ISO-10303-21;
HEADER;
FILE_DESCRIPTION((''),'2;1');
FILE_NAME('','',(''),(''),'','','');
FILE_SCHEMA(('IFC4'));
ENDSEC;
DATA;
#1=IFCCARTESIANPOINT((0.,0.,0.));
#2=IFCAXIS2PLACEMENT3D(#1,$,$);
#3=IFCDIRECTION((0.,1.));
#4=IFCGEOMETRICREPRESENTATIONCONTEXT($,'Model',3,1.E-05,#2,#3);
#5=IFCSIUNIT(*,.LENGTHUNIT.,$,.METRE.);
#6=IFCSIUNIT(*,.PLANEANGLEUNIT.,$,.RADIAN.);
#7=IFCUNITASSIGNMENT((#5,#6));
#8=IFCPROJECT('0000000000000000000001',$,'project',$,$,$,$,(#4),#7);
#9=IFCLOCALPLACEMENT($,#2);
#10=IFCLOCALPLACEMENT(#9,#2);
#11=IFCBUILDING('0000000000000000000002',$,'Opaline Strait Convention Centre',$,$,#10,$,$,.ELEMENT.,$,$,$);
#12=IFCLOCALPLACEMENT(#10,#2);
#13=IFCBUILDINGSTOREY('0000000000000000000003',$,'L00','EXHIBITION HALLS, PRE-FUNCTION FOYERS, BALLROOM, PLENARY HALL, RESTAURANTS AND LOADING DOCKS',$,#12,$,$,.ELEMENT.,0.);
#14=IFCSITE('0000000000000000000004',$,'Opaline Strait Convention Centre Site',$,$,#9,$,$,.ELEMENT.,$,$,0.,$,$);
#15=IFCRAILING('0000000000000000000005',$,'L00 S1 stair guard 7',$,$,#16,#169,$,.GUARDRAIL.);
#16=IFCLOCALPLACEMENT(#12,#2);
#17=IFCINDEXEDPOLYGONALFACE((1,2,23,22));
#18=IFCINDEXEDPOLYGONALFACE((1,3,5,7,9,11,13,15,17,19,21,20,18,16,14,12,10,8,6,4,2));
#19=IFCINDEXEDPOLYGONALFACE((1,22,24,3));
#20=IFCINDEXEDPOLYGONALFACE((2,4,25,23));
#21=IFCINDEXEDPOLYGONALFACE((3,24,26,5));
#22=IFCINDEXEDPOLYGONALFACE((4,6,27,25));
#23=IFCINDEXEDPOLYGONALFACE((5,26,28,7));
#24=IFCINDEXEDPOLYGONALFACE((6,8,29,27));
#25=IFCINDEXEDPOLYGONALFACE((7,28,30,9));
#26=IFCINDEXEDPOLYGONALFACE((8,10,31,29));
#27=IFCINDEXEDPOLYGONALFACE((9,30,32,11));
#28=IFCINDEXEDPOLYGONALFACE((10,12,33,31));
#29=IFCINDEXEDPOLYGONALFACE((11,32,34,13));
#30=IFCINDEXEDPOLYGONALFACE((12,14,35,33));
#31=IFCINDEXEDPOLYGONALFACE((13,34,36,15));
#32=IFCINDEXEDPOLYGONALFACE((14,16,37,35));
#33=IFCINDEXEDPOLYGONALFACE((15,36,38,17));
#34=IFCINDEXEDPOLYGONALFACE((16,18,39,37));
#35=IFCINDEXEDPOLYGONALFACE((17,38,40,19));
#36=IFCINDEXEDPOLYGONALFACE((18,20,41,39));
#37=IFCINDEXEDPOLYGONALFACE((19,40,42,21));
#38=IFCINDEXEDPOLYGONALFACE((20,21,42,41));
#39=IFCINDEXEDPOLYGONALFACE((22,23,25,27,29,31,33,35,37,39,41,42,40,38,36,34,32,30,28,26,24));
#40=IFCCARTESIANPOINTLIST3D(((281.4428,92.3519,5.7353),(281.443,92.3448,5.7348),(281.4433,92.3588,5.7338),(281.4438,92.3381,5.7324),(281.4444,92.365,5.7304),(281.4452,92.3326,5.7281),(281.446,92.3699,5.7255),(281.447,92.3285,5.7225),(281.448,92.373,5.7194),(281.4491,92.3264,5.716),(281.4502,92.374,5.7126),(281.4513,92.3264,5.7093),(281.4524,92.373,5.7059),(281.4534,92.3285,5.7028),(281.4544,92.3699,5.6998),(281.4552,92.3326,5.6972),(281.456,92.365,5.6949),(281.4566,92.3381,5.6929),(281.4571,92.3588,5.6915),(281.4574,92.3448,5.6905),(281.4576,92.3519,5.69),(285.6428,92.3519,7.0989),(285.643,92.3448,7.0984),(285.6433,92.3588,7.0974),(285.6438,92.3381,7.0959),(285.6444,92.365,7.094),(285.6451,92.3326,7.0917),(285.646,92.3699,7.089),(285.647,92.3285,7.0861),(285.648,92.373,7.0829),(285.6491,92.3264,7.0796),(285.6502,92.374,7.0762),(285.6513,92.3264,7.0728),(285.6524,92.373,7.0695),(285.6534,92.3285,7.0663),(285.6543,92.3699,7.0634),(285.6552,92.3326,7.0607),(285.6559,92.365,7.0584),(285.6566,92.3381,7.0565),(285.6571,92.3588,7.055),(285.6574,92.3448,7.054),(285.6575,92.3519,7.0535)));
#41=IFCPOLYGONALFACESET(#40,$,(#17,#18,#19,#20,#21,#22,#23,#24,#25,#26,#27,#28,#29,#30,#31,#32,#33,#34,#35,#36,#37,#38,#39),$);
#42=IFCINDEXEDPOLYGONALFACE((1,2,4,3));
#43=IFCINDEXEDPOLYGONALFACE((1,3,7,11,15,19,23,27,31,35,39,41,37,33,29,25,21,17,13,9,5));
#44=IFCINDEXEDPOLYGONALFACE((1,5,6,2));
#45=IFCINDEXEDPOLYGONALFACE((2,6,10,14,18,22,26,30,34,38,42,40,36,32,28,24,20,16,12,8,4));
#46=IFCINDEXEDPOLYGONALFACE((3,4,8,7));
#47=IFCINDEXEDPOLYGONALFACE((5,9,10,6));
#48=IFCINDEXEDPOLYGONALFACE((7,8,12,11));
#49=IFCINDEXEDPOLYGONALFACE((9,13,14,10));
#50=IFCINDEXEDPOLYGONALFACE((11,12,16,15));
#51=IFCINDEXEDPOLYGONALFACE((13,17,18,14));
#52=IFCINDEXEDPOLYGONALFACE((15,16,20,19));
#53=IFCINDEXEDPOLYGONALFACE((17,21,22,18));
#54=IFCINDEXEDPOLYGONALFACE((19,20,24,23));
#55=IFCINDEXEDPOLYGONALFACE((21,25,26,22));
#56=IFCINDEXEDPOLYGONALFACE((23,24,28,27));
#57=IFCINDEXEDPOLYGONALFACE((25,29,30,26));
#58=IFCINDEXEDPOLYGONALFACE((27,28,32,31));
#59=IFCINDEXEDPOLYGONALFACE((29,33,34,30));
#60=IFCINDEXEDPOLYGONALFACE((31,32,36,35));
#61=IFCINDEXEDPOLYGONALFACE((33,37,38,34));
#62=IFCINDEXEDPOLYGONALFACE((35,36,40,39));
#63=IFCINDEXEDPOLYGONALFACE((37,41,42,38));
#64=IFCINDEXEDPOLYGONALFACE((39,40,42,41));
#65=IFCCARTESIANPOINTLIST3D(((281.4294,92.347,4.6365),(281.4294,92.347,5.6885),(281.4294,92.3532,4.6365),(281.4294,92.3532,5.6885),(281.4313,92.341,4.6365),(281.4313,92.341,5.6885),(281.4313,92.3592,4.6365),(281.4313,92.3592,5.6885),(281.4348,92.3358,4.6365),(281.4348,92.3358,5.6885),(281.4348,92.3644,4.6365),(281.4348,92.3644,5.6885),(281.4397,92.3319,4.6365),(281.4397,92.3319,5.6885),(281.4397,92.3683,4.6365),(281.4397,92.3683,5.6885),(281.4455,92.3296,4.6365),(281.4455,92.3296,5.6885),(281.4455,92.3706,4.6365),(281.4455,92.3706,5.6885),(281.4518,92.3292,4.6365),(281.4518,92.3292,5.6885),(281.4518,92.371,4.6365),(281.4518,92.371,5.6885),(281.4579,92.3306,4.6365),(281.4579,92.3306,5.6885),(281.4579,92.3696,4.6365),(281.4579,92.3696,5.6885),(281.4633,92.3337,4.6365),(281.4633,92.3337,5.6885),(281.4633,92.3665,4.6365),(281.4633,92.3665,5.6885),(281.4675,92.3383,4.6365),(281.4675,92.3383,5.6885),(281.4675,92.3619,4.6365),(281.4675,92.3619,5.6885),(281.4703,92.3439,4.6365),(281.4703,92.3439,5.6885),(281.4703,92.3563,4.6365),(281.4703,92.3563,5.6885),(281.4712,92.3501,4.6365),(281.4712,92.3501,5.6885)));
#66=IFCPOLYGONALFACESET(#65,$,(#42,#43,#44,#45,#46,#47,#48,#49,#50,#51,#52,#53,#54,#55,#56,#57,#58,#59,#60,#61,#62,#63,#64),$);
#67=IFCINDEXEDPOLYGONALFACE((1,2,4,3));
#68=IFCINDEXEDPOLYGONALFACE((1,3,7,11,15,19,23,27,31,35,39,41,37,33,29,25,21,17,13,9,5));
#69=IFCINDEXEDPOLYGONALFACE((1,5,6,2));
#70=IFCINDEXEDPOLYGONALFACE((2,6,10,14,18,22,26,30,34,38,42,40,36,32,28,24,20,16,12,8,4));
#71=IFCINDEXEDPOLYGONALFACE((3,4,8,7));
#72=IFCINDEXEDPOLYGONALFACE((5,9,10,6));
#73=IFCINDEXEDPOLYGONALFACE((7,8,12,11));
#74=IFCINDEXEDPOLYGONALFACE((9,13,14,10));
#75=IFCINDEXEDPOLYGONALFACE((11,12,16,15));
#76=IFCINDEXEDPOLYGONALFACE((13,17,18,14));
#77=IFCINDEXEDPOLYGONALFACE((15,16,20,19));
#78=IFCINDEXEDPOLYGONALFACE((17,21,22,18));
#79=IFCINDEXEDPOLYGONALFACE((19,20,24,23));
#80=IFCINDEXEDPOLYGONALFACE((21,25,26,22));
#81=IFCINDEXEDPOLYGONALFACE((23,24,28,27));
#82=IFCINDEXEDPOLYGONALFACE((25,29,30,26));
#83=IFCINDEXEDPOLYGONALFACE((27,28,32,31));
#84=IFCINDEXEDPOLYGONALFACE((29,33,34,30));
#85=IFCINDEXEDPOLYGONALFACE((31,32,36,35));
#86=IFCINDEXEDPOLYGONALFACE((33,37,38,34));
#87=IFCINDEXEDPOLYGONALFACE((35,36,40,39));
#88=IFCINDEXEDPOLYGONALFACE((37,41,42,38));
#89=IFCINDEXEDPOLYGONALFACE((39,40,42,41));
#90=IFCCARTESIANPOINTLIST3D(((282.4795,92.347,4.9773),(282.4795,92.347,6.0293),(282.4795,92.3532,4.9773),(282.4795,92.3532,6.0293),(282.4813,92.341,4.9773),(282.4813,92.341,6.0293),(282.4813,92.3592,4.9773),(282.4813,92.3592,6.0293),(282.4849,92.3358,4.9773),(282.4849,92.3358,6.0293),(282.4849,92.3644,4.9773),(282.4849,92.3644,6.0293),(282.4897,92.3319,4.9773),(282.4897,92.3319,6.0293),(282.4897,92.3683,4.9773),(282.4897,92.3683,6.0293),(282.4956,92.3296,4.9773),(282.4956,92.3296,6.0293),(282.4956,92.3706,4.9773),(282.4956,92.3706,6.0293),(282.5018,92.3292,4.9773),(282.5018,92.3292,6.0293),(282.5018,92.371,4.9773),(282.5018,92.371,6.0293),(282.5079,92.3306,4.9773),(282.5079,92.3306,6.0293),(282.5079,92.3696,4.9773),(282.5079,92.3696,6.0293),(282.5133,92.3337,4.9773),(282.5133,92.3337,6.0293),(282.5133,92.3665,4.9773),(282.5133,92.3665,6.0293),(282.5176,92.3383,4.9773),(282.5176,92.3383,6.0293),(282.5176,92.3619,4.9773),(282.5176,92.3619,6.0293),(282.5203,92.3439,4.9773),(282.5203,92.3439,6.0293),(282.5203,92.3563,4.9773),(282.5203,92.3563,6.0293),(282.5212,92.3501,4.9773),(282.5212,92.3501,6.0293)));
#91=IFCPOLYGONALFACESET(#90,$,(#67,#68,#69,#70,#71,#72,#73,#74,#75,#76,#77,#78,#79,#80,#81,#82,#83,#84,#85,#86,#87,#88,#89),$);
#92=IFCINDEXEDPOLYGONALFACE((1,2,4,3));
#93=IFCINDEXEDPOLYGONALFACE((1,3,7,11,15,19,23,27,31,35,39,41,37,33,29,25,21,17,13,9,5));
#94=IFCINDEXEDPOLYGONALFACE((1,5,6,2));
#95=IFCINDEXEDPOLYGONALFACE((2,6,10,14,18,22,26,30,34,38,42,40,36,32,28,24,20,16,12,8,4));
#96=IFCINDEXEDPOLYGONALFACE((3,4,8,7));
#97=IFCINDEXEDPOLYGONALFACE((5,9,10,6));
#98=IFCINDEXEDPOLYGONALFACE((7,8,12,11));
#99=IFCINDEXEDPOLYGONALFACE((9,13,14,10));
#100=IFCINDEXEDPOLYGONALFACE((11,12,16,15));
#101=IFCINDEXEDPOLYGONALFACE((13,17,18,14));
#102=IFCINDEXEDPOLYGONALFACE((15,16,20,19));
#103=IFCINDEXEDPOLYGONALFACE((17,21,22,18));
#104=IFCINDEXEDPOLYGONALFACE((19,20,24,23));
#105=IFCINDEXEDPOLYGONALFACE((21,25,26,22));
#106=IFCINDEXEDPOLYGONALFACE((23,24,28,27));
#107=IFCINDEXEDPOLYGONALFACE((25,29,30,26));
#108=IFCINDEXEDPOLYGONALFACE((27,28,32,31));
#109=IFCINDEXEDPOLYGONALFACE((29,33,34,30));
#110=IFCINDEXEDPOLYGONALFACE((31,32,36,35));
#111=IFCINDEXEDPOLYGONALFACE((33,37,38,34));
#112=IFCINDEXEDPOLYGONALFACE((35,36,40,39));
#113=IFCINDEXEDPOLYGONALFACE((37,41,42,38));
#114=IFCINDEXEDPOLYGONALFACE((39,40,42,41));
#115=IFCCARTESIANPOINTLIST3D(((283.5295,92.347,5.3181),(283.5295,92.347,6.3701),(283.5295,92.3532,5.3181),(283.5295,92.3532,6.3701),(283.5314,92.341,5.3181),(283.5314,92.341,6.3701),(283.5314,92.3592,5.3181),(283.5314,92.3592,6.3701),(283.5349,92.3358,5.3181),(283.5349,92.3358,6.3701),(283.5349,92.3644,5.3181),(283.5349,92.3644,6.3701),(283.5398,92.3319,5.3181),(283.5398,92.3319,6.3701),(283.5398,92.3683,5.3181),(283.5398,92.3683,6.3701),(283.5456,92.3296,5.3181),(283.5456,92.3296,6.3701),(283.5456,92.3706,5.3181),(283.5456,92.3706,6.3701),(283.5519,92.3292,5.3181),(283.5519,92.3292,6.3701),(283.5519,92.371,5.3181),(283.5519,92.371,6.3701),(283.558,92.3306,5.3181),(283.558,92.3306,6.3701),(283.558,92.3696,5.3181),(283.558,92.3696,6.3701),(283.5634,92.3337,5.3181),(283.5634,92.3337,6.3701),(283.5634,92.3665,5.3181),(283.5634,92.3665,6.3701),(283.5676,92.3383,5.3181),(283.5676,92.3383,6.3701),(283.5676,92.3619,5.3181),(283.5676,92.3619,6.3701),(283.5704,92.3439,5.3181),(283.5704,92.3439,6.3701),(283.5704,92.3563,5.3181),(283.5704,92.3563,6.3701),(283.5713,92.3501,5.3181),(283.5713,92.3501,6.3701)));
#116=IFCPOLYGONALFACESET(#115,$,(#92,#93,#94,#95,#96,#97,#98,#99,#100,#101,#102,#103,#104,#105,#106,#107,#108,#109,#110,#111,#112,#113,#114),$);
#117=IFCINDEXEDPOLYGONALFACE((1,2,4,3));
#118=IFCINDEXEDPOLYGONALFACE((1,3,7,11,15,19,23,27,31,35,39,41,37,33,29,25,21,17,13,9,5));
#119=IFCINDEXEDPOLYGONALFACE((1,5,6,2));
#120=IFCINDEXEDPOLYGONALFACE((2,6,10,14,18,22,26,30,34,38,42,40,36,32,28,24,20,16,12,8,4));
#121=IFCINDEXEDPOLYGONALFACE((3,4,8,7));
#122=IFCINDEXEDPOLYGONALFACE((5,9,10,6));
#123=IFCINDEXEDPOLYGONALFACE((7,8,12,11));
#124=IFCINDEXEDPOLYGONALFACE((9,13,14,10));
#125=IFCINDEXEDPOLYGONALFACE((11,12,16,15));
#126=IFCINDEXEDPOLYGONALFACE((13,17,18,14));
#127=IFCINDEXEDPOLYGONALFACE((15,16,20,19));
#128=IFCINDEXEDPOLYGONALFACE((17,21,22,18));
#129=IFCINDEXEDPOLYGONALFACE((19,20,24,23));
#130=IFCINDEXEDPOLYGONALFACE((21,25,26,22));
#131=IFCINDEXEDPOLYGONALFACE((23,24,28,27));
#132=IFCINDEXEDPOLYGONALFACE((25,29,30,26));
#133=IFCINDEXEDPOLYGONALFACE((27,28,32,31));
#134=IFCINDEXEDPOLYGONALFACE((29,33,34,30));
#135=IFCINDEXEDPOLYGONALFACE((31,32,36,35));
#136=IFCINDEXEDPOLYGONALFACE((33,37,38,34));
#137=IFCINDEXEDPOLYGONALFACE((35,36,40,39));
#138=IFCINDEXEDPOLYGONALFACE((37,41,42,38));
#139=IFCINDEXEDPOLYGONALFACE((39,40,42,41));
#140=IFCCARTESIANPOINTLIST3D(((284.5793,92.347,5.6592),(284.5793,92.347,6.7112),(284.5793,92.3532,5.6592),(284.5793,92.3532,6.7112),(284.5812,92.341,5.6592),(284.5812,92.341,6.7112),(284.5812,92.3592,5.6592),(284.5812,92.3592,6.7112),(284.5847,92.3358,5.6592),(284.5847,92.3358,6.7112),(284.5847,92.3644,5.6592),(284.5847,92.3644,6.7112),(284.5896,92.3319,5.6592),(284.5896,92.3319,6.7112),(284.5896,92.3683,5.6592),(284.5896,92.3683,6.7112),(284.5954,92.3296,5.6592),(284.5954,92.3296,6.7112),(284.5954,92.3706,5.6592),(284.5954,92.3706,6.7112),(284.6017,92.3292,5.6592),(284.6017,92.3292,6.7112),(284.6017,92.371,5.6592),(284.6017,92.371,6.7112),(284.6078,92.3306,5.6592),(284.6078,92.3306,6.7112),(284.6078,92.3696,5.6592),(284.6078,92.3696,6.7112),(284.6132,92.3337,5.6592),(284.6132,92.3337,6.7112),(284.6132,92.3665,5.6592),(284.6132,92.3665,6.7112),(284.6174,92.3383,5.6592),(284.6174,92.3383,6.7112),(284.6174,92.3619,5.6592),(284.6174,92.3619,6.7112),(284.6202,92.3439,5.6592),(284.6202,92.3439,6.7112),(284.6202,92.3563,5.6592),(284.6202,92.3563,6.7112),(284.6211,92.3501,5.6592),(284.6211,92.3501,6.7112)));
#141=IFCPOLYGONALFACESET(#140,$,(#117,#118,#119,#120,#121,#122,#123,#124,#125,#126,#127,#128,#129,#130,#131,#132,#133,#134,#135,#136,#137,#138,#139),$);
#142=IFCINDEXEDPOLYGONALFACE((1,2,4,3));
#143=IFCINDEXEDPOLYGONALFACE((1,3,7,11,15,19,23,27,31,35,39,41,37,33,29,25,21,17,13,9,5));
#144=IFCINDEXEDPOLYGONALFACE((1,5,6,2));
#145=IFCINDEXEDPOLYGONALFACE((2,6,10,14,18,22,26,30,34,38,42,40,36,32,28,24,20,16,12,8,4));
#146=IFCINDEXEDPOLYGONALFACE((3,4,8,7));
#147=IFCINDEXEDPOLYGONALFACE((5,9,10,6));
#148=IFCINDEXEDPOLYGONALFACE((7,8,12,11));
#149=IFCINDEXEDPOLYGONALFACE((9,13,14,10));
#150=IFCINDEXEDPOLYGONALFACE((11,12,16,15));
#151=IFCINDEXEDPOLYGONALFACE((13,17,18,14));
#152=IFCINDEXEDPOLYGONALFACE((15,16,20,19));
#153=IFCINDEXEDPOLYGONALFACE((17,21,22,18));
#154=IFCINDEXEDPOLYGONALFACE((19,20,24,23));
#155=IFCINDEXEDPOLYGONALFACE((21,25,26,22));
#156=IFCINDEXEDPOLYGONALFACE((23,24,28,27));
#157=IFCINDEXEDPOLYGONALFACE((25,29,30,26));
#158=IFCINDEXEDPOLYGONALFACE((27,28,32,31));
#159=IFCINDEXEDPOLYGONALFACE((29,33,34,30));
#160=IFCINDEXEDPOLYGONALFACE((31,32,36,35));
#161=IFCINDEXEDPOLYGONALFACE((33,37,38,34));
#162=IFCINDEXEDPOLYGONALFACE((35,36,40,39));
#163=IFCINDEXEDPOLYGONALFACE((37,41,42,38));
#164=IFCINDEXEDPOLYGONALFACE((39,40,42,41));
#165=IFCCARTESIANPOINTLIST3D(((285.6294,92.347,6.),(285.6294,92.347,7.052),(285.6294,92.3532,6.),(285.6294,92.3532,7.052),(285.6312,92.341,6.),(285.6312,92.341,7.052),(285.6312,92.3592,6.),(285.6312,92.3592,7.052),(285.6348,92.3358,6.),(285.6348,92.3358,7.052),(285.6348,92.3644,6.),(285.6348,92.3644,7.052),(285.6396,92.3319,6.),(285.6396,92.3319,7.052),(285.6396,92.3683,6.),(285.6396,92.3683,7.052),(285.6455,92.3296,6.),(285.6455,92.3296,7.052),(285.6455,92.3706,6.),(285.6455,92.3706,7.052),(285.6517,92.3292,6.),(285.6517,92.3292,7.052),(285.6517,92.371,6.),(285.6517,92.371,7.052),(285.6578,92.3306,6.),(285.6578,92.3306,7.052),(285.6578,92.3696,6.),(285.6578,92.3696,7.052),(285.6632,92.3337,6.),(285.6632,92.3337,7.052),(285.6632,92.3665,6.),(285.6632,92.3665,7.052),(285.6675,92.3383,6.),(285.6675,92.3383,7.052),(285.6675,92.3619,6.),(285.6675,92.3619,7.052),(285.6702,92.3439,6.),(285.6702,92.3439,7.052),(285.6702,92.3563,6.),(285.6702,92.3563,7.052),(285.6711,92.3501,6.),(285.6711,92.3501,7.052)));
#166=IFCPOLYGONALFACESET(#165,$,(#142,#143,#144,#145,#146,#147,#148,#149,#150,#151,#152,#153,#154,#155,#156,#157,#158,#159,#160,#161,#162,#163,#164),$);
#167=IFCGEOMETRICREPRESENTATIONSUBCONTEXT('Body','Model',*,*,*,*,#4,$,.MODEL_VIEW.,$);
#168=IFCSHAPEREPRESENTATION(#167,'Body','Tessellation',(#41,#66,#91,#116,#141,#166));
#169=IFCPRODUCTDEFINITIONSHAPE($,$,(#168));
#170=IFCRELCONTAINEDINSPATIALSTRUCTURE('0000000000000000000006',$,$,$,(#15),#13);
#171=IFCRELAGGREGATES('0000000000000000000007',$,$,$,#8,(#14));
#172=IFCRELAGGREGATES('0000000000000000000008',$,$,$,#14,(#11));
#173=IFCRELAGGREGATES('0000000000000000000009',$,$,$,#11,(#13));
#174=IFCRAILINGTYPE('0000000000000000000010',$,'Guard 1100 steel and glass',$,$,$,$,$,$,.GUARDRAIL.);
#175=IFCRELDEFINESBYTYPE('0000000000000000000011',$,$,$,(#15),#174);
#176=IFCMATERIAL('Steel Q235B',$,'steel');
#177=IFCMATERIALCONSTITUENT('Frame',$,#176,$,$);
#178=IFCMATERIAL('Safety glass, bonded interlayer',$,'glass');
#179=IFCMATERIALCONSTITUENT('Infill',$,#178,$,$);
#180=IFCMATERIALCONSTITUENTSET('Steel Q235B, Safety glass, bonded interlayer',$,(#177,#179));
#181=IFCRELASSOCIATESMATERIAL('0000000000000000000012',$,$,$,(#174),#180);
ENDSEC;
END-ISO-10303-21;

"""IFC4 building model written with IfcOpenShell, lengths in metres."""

from ifc_helpers import new_model, si_unit, direction, frame, origin, origin_2d, place, context, subcontext, project, spatial, circle, extrude, material, constituent, constituent_set, type_object, element, save


model = new_model("IFC4")

# Units and contexts
model_context = context("Model", 3, precision=1e-05, world=origin(), true_north=direction((0.0, 1.0)))
body_context = subcontext(model_context, "Body", "Model", "MODEL_VIEW")
ifc_project = project(units=[si_unit("LENGTHUNIT", "METRE"), si_unit("PLANEANGLEUNIT", "RADIAN")], contexts=[model_context])

# Site, building, storey
site_placement = place(None, origin())
site = spatial("IfcSite", under=ifc_project, at=site_placement, Name="Opaline Strait Convention Centre Site", CompositionType="ELEMENT", RefElevation=0.0)
building_placement = place(site_placement, origin())
building = spatial("IfcBuilding", under=site, at=building_placement, Name="Opaline Strait Convention Centre", CompositionType="ELEMENT")
storey_placement = place(building_placement, origin())
storey = spatial("IfcBuildingStorey", under=building, at=storey_placement, Name="L00", Description="EXHIBITION HALLS, PRE-FUNCTION FOYERS, BALLROOM, PLENARY HALL, RESTAURANTS AND LOADING DOCKS", CompositionType="ELEMENT", Elevation=0.0)

# Railing
ifc_material_1 = material(Name="Steel Q235B", Category="steel")
ifc_constituent_1 = constituent(ifc_material_1, Name="Frame")
ifc_material_2 = material(Name="Safety glass, bonded interlayer", Category="glass")
ifc_constituent_2 = constituent(ifc_material_2, Name="Infill")
ifc_constituent_set = constituent_set(constituents=[ifc_constituent_1, ifc_constituent_2], Name="Steel Q235B, Safety glass, bonded interlayer")
railing_type_1 = type_object("IfcRailingType", Name="Guard 1100 steel and glass", PredefinedType="GUARDRAIL", material=ifc_constituent_set)
railing_1_placement = place(storey_placement, frame((281.4502, 92.3501, 4.6365)))
element("IfcRailing", 1, at=railing_1_placement, inside=storey, type_object=railing_type_1, Name="L00 S1 stair guard 7", PredefinedType="GUARDRAIL", context=body_context, shape_type="SweptSolid", body=[
    extrude(circle(Radius=0.0239, at=origin_2d()), frame((0.0, 0.0, 1.0762), z_axis=(0.951131, 0.0, 0.308787), x_axis=(0.0, 1.0, 0.0)), (0.0, 0.0, 1.0), 4.4158),
    extrude(circle(Radius=0.021, at=origin_2d()), origin(), (0.0, 0.0, 1.0), 1.052),
    extrude(circle(Radius=0.021, at=origin_2d()), frame((1.05, 0.0, 0.3408)), (0.0, 0.0, 1.0), 1.052),
    extrude(circle(Radius=0.021, at=origin_2d()), frame((2.1001, 0.0, 0.6816)), (0.0, 0.0, 1.0), 1.052),
    extrude(circle(Radius=0.021, at=origin_2d()), frame((3.1499, 0.0, 1.0227)), (0.0, 0.0, 1.0), 1.052),
    extrude(circle(Radius=0.021, at=origin_2d()), frame((4.2, 0.0, 1.3635)), (0.0, 0.0, 1.0), 1.052),
])

save(model, "model.ifc")
